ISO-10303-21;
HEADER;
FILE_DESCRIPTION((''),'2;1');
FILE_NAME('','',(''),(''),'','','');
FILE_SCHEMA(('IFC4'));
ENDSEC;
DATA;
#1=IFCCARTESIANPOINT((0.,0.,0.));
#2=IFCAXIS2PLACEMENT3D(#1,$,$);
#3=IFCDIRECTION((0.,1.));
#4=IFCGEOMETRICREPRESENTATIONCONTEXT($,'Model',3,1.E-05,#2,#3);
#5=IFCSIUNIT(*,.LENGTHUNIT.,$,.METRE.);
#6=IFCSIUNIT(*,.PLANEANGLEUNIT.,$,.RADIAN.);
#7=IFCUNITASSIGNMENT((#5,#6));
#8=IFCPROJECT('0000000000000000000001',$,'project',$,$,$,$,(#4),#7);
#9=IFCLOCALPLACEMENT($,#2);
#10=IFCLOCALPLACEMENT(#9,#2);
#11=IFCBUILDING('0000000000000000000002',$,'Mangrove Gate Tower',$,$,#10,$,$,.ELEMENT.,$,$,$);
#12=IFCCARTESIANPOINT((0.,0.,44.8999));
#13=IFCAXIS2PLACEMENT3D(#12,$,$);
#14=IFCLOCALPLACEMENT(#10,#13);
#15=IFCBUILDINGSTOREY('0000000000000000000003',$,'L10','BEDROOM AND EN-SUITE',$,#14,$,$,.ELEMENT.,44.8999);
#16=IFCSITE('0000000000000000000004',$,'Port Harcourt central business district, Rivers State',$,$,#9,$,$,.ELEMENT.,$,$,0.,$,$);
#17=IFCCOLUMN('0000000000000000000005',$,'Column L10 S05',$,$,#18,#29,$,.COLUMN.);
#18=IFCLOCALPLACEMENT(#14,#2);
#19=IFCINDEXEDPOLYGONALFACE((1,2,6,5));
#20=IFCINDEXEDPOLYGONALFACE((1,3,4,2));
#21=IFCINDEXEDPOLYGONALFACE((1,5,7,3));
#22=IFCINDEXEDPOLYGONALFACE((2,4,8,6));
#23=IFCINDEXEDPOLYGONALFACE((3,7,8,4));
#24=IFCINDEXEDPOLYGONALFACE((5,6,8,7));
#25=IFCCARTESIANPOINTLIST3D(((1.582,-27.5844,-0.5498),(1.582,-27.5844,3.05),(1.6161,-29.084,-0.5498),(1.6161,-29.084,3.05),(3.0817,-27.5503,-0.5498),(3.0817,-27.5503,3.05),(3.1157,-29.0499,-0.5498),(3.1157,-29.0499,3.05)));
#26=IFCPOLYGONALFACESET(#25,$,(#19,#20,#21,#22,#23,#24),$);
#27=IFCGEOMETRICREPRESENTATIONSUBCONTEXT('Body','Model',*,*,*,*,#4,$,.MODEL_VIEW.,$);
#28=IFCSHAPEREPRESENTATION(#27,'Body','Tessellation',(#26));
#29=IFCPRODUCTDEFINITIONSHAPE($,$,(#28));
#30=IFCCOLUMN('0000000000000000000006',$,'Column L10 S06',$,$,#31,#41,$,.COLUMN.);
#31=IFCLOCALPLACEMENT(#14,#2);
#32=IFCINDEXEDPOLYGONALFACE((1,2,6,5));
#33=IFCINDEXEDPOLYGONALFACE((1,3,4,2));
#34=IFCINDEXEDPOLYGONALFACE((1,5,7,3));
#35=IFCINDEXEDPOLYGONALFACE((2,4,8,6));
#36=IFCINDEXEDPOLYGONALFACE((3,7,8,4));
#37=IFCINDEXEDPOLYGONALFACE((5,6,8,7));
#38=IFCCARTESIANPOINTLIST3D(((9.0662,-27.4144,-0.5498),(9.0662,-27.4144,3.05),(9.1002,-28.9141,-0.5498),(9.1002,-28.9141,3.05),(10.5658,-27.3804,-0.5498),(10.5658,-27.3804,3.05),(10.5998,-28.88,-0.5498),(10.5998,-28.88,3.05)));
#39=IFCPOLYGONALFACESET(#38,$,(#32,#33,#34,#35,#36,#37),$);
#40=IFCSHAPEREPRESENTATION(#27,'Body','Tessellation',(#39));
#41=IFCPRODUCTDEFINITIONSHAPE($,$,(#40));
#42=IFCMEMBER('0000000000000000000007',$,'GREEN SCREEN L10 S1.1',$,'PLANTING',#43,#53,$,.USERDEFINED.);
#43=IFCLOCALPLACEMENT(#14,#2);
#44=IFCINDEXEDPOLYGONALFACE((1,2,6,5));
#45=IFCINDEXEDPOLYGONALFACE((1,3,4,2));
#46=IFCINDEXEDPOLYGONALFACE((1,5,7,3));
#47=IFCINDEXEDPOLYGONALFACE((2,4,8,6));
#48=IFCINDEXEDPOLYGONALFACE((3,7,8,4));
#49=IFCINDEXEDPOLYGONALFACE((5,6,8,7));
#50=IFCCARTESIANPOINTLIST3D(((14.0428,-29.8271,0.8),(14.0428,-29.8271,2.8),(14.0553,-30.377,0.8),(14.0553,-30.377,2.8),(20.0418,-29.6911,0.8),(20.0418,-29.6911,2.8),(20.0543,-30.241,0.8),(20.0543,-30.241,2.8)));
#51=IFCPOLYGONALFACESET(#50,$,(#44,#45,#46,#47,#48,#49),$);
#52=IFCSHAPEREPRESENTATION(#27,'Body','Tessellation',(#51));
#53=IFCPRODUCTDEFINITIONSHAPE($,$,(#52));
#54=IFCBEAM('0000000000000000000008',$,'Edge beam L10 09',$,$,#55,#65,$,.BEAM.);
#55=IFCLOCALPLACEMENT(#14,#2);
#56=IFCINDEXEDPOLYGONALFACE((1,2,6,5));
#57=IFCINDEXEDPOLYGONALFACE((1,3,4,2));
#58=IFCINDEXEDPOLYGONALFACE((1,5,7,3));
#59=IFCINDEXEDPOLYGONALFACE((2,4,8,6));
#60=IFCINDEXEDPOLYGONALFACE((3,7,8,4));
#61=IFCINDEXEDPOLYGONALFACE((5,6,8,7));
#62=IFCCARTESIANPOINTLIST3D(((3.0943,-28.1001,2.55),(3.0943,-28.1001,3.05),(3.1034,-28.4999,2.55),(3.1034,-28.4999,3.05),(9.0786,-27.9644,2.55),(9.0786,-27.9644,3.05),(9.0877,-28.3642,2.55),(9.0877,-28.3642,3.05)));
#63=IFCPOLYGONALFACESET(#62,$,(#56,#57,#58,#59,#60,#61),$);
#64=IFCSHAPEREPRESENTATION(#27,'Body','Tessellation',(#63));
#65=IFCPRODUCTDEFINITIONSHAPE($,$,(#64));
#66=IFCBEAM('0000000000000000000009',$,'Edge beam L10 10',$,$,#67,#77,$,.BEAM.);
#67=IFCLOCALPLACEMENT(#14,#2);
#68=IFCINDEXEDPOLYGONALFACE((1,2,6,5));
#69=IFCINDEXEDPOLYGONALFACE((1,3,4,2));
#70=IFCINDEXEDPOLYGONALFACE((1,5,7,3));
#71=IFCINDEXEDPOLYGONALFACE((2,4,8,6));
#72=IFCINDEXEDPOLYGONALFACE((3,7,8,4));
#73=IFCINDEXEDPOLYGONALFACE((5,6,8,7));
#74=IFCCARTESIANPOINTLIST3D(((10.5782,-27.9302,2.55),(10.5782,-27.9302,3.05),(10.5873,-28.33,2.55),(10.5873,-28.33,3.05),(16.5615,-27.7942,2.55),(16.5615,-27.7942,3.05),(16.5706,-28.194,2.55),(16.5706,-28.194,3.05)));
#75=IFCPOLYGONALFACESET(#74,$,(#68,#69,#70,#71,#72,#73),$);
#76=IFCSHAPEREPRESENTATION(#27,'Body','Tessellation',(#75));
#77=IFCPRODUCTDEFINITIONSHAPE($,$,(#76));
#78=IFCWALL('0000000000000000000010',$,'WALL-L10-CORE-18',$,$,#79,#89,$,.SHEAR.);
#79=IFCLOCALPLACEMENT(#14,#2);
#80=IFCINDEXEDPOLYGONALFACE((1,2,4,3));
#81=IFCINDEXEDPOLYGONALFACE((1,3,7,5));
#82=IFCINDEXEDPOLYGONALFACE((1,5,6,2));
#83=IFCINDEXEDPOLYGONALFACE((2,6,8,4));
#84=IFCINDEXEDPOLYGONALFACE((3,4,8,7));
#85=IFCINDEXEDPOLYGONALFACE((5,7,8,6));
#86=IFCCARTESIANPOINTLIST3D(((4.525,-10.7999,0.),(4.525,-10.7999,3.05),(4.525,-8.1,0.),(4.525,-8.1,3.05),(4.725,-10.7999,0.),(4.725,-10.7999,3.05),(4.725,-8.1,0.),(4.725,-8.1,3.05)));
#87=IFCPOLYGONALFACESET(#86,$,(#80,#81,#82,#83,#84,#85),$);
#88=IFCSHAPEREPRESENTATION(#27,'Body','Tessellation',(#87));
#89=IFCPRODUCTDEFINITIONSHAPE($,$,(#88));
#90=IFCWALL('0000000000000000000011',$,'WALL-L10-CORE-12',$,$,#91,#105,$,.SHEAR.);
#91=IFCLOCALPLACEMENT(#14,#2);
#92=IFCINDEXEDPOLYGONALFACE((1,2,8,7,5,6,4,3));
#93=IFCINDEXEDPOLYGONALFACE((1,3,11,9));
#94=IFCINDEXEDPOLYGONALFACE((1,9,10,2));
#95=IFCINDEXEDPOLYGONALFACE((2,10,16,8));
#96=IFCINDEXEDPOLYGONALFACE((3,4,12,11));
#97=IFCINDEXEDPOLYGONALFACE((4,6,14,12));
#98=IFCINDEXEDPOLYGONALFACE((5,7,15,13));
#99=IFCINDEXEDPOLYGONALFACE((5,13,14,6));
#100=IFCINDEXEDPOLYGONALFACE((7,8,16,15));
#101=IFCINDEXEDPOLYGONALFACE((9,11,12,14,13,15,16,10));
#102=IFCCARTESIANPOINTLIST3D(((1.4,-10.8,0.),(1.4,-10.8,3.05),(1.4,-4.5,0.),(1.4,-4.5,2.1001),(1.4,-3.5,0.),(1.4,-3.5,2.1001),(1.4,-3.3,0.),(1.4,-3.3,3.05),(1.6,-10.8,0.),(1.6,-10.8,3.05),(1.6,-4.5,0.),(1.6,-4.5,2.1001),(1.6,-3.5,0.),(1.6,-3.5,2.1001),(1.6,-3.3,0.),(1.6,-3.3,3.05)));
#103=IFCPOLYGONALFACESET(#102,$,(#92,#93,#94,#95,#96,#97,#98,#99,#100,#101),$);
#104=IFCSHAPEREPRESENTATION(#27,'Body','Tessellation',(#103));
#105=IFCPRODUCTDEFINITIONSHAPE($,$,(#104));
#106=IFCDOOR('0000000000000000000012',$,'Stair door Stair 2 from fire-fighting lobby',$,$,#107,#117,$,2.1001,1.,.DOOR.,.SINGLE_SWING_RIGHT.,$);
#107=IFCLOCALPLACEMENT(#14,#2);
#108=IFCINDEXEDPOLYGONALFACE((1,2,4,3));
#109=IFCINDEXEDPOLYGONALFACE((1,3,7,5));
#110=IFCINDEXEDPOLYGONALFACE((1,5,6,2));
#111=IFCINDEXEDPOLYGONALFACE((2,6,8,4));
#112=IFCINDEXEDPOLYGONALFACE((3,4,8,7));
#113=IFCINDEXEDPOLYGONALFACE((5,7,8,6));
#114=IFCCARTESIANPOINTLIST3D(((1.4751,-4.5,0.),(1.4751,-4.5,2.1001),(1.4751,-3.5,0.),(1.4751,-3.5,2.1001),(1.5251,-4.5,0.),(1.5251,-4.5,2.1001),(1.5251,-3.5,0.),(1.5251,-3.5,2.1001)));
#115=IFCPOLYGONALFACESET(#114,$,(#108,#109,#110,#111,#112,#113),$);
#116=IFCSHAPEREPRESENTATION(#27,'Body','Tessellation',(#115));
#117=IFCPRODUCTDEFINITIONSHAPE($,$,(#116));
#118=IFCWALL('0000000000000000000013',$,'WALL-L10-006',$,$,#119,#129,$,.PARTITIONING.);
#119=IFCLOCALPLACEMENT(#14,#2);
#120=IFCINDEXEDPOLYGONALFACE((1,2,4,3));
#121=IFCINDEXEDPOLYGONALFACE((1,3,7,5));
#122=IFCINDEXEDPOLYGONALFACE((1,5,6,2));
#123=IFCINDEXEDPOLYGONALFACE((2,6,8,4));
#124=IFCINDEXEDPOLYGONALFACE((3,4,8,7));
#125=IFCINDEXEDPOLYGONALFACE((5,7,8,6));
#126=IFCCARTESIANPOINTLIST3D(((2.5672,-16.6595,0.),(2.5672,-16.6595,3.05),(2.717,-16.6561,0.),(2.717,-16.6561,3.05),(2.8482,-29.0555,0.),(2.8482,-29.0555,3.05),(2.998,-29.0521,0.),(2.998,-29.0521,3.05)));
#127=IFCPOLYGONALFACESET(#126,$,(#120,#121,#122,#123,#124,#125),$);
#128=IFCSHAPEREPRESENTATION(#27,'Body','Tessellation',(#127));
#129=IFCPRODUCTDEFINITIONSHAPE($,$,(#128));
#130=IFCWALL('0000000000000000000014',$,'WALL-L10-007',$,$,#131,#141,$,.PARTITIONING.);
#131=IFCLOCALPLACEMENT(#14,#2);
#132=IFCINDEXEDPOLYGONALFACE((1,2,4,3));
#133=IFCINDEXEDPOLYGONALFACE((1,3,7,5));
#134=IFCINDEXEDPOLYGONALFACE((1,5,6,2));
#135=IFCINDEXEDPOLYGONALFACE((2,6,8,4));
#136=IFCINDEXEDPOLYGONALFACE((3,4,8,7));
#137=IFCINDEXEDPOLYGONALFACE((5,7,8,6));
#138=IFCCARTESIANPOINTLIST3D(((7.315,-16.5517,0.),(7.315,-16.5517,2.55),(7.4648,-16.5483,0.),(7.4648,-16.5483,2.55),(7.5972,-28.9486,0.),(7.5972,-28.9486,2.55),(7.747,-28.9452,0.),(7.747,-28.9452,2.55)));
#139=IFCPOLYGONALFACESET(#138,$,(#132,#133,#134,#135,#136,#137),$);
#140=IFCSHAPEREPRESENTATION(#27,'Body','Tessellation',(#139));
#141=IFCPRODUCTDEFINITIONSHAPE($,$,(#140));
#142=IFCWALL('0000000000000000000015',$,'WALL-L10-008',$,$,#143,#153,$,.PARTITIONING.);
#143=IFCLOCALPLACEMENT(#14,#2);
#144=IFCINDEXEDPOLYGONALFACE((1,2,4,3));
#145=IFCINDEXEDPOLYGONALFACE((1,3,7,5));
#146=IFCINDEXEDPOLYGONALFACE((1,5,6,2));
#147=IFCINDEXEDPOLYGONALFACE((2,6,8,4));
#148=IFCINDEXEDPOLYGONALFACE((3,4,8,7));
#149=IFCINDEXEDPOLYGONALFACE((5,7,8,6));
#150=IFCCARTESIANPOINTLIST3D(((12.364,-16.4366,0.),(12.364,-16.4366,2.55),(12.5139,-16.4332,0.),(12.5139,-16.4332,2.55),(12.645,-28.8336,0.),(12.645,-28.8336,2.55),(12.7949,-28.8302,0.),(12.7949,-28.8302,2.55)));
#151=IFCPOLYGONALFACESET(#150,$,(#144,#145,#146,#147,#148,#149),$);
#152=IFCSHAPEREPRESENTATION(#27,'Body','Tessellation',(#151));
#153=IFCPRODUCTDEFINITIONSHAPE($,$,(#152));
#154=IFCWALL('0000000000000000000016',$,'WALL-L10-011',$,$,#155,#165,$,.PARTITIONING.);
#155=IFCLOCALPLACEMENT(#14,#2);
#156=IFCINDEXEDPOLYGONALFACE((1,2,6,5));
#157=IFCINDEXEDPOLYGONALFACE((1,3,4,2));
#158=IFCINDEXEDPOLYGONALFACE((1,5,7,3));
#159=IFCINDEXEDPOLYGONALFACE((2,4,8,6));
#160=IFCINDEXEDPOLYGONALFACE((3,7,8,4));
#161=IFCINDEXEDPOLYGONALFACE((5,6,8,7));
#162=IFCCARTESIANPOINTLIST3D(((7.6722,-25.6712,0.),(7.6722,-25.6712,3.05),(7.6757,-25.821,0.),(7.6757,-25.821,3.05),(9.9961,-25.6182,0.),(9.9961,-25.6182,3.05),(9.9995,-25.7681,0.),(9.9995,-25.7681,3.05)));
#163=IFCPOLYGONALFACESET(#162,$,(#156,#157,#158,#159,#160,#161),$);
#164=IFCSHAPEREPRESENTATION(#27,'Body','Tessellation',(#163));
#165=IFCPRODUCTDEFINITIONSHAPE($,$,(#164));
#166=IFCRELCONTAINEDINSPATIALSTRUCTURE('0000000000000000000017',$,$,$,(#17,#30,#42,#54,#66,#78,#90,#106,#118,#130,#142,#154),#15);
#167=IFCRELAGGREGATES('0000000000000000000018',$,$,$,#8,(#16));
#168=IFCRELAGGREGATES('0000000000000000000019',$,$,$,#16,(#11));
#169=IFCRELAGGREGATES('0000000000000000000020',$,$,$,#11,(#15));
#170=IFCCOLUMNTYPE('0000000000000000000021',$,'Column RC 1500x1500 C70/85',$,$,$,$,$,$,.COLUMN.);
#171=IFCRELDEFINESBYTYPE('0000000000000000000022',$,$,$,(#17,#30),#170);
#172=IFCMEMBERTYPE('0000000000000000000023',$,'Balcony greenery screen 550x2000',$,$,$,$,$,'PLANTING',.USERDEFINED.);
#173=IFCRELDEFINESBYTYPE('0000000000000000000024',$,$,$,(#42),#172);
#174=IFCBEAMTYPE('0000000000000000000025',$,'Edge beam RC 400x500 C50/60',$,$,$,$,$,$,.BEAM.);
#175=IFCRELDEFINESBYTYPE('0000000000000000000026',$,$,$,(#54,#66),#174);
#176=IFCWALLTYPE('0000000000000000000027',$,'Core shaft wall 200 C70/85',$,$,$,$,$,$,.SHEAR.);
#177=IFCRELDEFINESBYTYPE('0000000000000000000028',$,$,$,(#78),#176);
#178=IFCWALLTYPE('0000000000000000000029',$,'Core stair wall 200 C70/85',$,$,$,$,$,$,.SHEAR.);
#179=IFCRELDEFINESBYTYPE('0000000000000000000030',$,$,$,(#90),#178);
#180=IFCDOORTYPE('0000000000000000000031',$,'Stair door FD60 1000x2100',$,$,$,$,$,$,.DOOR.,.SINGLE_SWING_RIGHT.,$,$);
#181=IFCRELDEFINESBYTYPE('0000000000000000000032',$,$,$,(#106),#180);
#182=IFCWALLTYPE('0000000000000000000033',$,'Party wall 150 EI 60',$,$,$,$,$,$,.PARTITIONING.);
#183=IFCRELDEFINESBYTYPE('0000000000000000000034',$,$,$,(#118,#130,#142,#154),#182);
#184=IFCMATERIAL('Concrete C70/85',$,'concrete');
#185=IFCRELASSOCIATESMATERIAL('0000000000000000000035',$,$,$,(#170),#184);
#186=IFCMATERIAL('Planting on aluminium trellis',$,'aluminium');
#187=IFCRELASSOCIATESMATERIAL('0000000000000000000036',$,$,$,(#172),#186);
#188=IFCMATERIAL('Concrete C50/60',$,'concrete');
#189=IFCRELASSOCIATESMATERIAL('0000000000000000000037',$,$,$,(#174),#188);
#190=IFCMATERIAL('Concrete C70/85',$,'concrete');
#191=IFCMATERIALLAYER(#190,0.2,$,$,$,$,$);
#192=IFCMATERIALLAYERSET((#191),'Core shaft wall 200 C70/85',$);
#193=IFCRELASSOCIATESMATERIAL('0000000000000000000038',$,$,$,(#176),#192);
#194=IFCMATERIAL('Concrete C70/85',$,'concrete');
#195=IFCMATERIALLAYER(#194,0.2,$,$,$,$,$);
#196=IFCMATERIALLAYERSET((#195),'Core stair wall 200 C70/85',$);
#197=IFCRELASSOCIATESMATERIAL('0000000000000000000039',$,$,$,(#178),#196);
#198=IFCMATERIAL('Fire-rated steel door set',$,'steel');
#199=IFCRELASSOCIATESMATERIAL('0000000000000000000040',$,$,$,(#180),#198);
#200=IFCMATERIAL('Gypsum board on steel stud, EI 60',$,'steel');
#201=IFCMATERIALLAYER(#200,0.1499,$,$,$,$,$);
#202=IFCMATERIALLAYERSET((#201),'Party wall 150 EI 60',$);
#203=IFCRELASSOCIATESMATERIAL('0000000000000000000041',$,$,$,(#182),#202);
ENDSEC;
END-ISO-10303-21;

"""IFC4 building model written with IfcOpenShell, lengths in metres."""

from ifc_helpers import new_model, si_unit, direction, frame, frame_2d, origin, origin_2d, place, context, subcontext, project, spatial, rectangle, extrude, material, layer, layer_set, material_profile, profile_set, type_object, element, fill, save


model = new_model("IFC4")

# Units and contexts
model_context = context("Model", 3, precision=1e-05, world=origin(), true_north=direction((0.0, 1.0)))
body_context = subcontext(model_context, "Body", "Model", "MODEL_VIEW")
ifc_project = project(units=[si_unit("LENGTHUNIT", "METRE"), si_unit("PLANEANGLEUNIT", "RADIAN")], contexts=[model_context])

# Site, building, storey
site_placement = place(None, origin())
site = spatial("IfcSite", under=ifc_project, at=site_placement, Name="Port Harcourt central business district, Rivers State", CompositionType="ELEMENT", RefElevation=0.0)
building_placement = place(site_placement, origin())
building = spatial("IfcBuilding", under=site, at=building_placement, Name="Mangrove Gate Tower", CompositionType="ELEMENT")
storey_placement = place(building_placement, frame((0.0, 0.0, 44.8999)))
storey = spatial("IfcBuildingStorey", under=building, at=storey_placement, Name="L10", Description="BEDROOM AND EN-SUITE", CompositionType="ELEMENT", Elevation=44.8999)

# Columns
ifc_material_1 = material(Name="Concrete C70/85", Category="concrete")
ifc_material_profile_1 = material_profile(ifc_material_1, rectangle(XDim=1.5, YDim=1.5, at=origin_2d()))
ifc_profile_set_1 = profile_set([ifc_material_profile_1], Name="Concrete C70/85")
column_type = type_object("IfcColumnType", Name="Column RC 1500x1500 C70/85", PredefinedType="COLUMN", material=ifc_profile_set_1)
for number, where, z_axis, x_axis, name in (
    (1, (2.3489, -28.3171, -0.5498), (0.0, 0.0, 1.0), (0.999742, 0.022709, 0.0), "Column L10 S05"),
    (2, (9.833, -28.1472, -0.5498), (0.0, 0.0, 1.0), (0.999742, 0.022711, 0.0), "Column L10 S06"),
):
    element("IfcColumn", number, at=place(storey_placement, frame(where, z_axis=z_axis, x_axis=x_axis)), inside=storey, type_object=column_type, Name=name, PredefinedType="COLUMN", context=body_context, shape_type="SweptSolid", body=[
        extrude(rectangle(XDim=1.5, YDim=1.5, at=origin_2d()), origin(), (0.0, 0.0, 1.0), 3.5999),
    ])

# Member
ifc_material_2 = material(Name="Planting on aluminium trellis", Category="aluminium")
ifc_material_profile_2 = material_profile(ifc_material_2, rectangle(XDim=0.55, YDim=2.0, at=origin_2d()))
ifc_profile_set_2 = profile_set([ifc_material_profile_2], Name="Planting on aluminium trellis")
member_type = type_object("IfcMemberType", Name="Balcony greenery screen 550x2000", ElementType="PLANTING", PredefinedType="USERDEFINED", material=ifc_profile_set_2)
member_placement = place(storey_placement, frame((14.0491, -30.1021, 1.8), z_axis=(0.999743, 0.022662, 0.0), x_axis=(-0.022662, 0.999743, 0.0)))
element("IfcMember", 3, at=member_placement, inside=storey, type_object=member_type, Name="GREEN SCREEN L10 S1.1", ObjectType="PLANTING", PredefinedType="USERDEFINED", context=body_context, shape_type="SweptSolid", body=[
    extrude(rectangle(XDim=0.55, YDim=2.0, at=origin_2d()), origin(), (0.0, 0.0, 1.0), 6.0005),
])

# Beams
ifc_material_3 = material(Name="Concrete C50/60", Category="concrete")
ifc_material_profile_3 = material_profile(ifc_material_3, rectangle(XDim=0.3999, YDim=0.5, at=origin_2d()))
ifc_profile_set_3 = profile_set([ifc_material_profile_3], Name="Concrete C50/60")
beam_type = type_object("IfcBeamType", Name="Edge beam RC 400x500 C50/60", PredefinedType="BEAM", material=ifc_profile_set_3)
beam_1_placement = place(storey_placement, frame((3.0989, -28.3, 2.8), z_axis=(0.999743, 0.022677, 0.0), x_axis=(-0.022677, 0.999743, 0.0)))
element("IfcBeam", 4, at=beam_1_placement, inside=storey, type_object=beam_type, Name="Edge beam L10 09", PredefinedType="BEAM", context=body_context, shape_type="SweptSolid", body=[
    extrude(rectangle(XDim=0.3999, YDim=0.5, at=origin_2d()), origin(), (0.0, 0.0, 1.0), 5.9858),
])
beam_2_placement = place(storey_placement, frame((10.5828, -28.1301, 2.8), z_axis=(0.999742, 0.022721, 0.0), x_axis=(-0.022721, 0.999742, 0.0)))
element("IfcBeam", 5, at=beam_2_placement, inside=storey, type_object=beam_type, Name="Edge beam L10 10", PredefinedType="BEAM", context=body_context, shape_type="SweptSolid", body=[
    extrude(rectangle(XDim=0.3999, YDim=0.5, at=origin_2d()), origin(), (0.0, 0.0, 1.0), 5.9849),
])

# Wall
ifc_material_4 = material(Name="Concrete C70/85", Category="concrete")
ifc_layer_1 = layer(ifc_material_4, 0.2)
ifc_layer_set_1 = layer_set([ifc_layer_1], Name="Core shaft wall 200 C70/85")
wall_type_1 = type_object("IfcWallType", Name="Core shaft wall 200 C70/85", PredefinedType="SHEAR", material=ifc_layer_set_1)
wall_1_placement = place(storey_placement, frame((4.625, -10.8, 0.0), z_axis=(0.0, 0.0, 1.0), x_axis=(0.0, 1.0, 0.0)))
element("IfcWall", 6, at=wall_1_placement, inside=storey, type_object=wall_type_1, Name="WALL-L10-CORE-18", PredefinedType="SHEAR", context=body_context, shape_type="SweptSolid", body=[
    extrude(rectangle(XDim=2.7, YDim=0.2, at=frame_2d((1.3501, 0.0))), origin(), (0.0, 0.0, 1.0), 3.05),
])

# Wall, opening, door
ifc_material_5 = material(Name="Concrete C70/85", Category="concrete")
ifc_layer_2 = layer(ifc_material_5, 0.2)
ifc_layer_set_2 = layer_set([ifc_layer_2], Name="Core stair wall 200 C70/85")
wall_type_2 = type_object("IfcWallType", Name="Core stair wall 200 C70/85", PredefinedType="SHEAR", material=ifc_layer_set_2)
wall_2_placement = place(storey_placement, frame((1.5, -10.8, 0.0), z_axis=(0.0, 0.0, 1.0), x_axis=(0.0, 1.0, 0.0)))
wall_2 = element("IfcWall", 7, at=wall_2_placement, inside=storey, type_object=wall_type_2, Name="WALL-L10-CORE-12", PredefinedType="SHEAR", context=body_context, shape_type="SweptSolid", body=[
    extrude(rectangle(XDim=7.5, YDim=0.2, at=frame_2d((3.75, 0.0))), origin(), (0.0, 0.0, 1.0), 3.05),
])
opening_1_placement = place(wall_2_placement, frame((6.3, 0.0, 0.0)))
opening_1 = element("IfcOpeningElement", 8, at=opening_1_placement, cuts=wall_2, PredefinedType="OPENING", context=body_context, shape_type="SweptSolid", body=[
    extrude(rectangle(XDim=1.0, YDim=2.1001, at=frame_2d((0.5, 1.05))), frame((0.0, 0.1099, 0.0), z_axis=(0.0, -1.0, 0.0), x_axis=(1.0, 0.0, 0.0)), (0.0, 0.0, 1.0), 0.22),
])
ifc_material_6 = material(Name="Fire-rated steel door set", Category="steel")
door_type_1 = type_object("IfcDoorType", Name="Stair door FD60 1000x2100", OperationType="SINGLE_SWING_RIGHT", PredefinedType="DOOR", material=ifc_material_6)
door_1_placement = place(opening_1_placement, origin())
door_1 = element("IfcDoor", 9, at=door_1_placement, inside=storey, type_object=door_type_1, Name="Stair door Stair 2 from fire-fighting lobby", OperationType="SINGLE_SWING_RIGHT", OverallHeight=2.1001, OverallWidth=1.0, PredefinedType="DOOR", context=body_context, shape_type="SweptSolid", body=[
    extrude(rectangle(XDim=1.0, YDim=2.1001, at=frame_2d((0.5, 1.05))), frame((0.0, 0.0249, 0.0), z_axis=(0.0, -1.0, 0.0), x_axis=(1.0, 0.0, 0.0)), (0.0, 0.0, 1.0), 0.05),
])
fill(opening_1, door_1)

# Walls
ifc_material_7 = material(Name="Gypsum board on steel stud, EI 60", Category="steel")
ifc_layer_3 = layer(ifc_material_7, 0.1499)
ifc_layer_set_3 = layer_set([ifc_layer_3], Name="Party wall 150 EI 60")
wall_type_3 = type_object("IfcWallType", Name="Party wall 150 EI 60", PredefinedType="PARTITIONING", material=ifc_layer_set_3)
wall_3_placement = place(storey_placement, frame((2.9231, -29.054, 0.0), z_axis=(0.0, 0.0, 1.0), x_axis=(-0.022663, 0.999743, 0.0)))
element("IfcWall", 10, at=wall_3_placement, inside=storey, type_object=wall_type_3, Name="WALL-L10-006", PredefinedType="PARTITIONING", context=body_context, shape_type="SweptSolid", body=[
    extrude(rectangle(XDim=12.3992, YDim=0.1499, at=frame_2d((6.1997, 0.0))), origin(), (0.0, 0.0, 1.0), 3.05),
])
for number, where, z_axis, x_axis, name in (
    (11, (7.6721, -28.947, 0.0), (0.0, 0.0, 1.0), (-0.02276, 0.999741, 0.0), "WALL-L10-007"),
    (12, (12.72, -28.832, 0.0), (0.0, 0.0, 1.0), (-0.022661, 0.999743, 0.0), "WALL-L10-008"),
):
    element("IfcWall", number, at=place(storey_placement, frame(where, z_axis=z_axis, x_axis=x_axis)), inside=storey, type_object=wall_type_3, Name=name, PredefinedType="PARTITIONING", context=body_context, shape_type="SweptSolid", body=[
        extrude(rectangle(XDim=12.4001, YDim=0.1499, at=frame_2d((6.2002, 0.0))), origin(), (0.0, 0.0, 1.0), 2.55),
    ])
wall_4_placement = place(storey_placement, frame((7.6741, -25.7461, 0.0), z_axis=(0.0, 0.0, 1.0), x_axis=(0.99974, 0.022791, 0.0)))
element("IfcWall", 13, at=wall_4_placement, inside=storey, type_object=wall_type_3, Name="WALL-L10-011", PredefinedType="PARTITIONING", context=body_context, shape_type="SweptSolid", body=[
    extrude(rectangle(XDim=2.3245, YDim=0.1499, at=frame_2d((1.1621, 0.0))), origin(), (0.0, 0.0, 1.0), 3.05),
])

save(model, "model.ifc")
